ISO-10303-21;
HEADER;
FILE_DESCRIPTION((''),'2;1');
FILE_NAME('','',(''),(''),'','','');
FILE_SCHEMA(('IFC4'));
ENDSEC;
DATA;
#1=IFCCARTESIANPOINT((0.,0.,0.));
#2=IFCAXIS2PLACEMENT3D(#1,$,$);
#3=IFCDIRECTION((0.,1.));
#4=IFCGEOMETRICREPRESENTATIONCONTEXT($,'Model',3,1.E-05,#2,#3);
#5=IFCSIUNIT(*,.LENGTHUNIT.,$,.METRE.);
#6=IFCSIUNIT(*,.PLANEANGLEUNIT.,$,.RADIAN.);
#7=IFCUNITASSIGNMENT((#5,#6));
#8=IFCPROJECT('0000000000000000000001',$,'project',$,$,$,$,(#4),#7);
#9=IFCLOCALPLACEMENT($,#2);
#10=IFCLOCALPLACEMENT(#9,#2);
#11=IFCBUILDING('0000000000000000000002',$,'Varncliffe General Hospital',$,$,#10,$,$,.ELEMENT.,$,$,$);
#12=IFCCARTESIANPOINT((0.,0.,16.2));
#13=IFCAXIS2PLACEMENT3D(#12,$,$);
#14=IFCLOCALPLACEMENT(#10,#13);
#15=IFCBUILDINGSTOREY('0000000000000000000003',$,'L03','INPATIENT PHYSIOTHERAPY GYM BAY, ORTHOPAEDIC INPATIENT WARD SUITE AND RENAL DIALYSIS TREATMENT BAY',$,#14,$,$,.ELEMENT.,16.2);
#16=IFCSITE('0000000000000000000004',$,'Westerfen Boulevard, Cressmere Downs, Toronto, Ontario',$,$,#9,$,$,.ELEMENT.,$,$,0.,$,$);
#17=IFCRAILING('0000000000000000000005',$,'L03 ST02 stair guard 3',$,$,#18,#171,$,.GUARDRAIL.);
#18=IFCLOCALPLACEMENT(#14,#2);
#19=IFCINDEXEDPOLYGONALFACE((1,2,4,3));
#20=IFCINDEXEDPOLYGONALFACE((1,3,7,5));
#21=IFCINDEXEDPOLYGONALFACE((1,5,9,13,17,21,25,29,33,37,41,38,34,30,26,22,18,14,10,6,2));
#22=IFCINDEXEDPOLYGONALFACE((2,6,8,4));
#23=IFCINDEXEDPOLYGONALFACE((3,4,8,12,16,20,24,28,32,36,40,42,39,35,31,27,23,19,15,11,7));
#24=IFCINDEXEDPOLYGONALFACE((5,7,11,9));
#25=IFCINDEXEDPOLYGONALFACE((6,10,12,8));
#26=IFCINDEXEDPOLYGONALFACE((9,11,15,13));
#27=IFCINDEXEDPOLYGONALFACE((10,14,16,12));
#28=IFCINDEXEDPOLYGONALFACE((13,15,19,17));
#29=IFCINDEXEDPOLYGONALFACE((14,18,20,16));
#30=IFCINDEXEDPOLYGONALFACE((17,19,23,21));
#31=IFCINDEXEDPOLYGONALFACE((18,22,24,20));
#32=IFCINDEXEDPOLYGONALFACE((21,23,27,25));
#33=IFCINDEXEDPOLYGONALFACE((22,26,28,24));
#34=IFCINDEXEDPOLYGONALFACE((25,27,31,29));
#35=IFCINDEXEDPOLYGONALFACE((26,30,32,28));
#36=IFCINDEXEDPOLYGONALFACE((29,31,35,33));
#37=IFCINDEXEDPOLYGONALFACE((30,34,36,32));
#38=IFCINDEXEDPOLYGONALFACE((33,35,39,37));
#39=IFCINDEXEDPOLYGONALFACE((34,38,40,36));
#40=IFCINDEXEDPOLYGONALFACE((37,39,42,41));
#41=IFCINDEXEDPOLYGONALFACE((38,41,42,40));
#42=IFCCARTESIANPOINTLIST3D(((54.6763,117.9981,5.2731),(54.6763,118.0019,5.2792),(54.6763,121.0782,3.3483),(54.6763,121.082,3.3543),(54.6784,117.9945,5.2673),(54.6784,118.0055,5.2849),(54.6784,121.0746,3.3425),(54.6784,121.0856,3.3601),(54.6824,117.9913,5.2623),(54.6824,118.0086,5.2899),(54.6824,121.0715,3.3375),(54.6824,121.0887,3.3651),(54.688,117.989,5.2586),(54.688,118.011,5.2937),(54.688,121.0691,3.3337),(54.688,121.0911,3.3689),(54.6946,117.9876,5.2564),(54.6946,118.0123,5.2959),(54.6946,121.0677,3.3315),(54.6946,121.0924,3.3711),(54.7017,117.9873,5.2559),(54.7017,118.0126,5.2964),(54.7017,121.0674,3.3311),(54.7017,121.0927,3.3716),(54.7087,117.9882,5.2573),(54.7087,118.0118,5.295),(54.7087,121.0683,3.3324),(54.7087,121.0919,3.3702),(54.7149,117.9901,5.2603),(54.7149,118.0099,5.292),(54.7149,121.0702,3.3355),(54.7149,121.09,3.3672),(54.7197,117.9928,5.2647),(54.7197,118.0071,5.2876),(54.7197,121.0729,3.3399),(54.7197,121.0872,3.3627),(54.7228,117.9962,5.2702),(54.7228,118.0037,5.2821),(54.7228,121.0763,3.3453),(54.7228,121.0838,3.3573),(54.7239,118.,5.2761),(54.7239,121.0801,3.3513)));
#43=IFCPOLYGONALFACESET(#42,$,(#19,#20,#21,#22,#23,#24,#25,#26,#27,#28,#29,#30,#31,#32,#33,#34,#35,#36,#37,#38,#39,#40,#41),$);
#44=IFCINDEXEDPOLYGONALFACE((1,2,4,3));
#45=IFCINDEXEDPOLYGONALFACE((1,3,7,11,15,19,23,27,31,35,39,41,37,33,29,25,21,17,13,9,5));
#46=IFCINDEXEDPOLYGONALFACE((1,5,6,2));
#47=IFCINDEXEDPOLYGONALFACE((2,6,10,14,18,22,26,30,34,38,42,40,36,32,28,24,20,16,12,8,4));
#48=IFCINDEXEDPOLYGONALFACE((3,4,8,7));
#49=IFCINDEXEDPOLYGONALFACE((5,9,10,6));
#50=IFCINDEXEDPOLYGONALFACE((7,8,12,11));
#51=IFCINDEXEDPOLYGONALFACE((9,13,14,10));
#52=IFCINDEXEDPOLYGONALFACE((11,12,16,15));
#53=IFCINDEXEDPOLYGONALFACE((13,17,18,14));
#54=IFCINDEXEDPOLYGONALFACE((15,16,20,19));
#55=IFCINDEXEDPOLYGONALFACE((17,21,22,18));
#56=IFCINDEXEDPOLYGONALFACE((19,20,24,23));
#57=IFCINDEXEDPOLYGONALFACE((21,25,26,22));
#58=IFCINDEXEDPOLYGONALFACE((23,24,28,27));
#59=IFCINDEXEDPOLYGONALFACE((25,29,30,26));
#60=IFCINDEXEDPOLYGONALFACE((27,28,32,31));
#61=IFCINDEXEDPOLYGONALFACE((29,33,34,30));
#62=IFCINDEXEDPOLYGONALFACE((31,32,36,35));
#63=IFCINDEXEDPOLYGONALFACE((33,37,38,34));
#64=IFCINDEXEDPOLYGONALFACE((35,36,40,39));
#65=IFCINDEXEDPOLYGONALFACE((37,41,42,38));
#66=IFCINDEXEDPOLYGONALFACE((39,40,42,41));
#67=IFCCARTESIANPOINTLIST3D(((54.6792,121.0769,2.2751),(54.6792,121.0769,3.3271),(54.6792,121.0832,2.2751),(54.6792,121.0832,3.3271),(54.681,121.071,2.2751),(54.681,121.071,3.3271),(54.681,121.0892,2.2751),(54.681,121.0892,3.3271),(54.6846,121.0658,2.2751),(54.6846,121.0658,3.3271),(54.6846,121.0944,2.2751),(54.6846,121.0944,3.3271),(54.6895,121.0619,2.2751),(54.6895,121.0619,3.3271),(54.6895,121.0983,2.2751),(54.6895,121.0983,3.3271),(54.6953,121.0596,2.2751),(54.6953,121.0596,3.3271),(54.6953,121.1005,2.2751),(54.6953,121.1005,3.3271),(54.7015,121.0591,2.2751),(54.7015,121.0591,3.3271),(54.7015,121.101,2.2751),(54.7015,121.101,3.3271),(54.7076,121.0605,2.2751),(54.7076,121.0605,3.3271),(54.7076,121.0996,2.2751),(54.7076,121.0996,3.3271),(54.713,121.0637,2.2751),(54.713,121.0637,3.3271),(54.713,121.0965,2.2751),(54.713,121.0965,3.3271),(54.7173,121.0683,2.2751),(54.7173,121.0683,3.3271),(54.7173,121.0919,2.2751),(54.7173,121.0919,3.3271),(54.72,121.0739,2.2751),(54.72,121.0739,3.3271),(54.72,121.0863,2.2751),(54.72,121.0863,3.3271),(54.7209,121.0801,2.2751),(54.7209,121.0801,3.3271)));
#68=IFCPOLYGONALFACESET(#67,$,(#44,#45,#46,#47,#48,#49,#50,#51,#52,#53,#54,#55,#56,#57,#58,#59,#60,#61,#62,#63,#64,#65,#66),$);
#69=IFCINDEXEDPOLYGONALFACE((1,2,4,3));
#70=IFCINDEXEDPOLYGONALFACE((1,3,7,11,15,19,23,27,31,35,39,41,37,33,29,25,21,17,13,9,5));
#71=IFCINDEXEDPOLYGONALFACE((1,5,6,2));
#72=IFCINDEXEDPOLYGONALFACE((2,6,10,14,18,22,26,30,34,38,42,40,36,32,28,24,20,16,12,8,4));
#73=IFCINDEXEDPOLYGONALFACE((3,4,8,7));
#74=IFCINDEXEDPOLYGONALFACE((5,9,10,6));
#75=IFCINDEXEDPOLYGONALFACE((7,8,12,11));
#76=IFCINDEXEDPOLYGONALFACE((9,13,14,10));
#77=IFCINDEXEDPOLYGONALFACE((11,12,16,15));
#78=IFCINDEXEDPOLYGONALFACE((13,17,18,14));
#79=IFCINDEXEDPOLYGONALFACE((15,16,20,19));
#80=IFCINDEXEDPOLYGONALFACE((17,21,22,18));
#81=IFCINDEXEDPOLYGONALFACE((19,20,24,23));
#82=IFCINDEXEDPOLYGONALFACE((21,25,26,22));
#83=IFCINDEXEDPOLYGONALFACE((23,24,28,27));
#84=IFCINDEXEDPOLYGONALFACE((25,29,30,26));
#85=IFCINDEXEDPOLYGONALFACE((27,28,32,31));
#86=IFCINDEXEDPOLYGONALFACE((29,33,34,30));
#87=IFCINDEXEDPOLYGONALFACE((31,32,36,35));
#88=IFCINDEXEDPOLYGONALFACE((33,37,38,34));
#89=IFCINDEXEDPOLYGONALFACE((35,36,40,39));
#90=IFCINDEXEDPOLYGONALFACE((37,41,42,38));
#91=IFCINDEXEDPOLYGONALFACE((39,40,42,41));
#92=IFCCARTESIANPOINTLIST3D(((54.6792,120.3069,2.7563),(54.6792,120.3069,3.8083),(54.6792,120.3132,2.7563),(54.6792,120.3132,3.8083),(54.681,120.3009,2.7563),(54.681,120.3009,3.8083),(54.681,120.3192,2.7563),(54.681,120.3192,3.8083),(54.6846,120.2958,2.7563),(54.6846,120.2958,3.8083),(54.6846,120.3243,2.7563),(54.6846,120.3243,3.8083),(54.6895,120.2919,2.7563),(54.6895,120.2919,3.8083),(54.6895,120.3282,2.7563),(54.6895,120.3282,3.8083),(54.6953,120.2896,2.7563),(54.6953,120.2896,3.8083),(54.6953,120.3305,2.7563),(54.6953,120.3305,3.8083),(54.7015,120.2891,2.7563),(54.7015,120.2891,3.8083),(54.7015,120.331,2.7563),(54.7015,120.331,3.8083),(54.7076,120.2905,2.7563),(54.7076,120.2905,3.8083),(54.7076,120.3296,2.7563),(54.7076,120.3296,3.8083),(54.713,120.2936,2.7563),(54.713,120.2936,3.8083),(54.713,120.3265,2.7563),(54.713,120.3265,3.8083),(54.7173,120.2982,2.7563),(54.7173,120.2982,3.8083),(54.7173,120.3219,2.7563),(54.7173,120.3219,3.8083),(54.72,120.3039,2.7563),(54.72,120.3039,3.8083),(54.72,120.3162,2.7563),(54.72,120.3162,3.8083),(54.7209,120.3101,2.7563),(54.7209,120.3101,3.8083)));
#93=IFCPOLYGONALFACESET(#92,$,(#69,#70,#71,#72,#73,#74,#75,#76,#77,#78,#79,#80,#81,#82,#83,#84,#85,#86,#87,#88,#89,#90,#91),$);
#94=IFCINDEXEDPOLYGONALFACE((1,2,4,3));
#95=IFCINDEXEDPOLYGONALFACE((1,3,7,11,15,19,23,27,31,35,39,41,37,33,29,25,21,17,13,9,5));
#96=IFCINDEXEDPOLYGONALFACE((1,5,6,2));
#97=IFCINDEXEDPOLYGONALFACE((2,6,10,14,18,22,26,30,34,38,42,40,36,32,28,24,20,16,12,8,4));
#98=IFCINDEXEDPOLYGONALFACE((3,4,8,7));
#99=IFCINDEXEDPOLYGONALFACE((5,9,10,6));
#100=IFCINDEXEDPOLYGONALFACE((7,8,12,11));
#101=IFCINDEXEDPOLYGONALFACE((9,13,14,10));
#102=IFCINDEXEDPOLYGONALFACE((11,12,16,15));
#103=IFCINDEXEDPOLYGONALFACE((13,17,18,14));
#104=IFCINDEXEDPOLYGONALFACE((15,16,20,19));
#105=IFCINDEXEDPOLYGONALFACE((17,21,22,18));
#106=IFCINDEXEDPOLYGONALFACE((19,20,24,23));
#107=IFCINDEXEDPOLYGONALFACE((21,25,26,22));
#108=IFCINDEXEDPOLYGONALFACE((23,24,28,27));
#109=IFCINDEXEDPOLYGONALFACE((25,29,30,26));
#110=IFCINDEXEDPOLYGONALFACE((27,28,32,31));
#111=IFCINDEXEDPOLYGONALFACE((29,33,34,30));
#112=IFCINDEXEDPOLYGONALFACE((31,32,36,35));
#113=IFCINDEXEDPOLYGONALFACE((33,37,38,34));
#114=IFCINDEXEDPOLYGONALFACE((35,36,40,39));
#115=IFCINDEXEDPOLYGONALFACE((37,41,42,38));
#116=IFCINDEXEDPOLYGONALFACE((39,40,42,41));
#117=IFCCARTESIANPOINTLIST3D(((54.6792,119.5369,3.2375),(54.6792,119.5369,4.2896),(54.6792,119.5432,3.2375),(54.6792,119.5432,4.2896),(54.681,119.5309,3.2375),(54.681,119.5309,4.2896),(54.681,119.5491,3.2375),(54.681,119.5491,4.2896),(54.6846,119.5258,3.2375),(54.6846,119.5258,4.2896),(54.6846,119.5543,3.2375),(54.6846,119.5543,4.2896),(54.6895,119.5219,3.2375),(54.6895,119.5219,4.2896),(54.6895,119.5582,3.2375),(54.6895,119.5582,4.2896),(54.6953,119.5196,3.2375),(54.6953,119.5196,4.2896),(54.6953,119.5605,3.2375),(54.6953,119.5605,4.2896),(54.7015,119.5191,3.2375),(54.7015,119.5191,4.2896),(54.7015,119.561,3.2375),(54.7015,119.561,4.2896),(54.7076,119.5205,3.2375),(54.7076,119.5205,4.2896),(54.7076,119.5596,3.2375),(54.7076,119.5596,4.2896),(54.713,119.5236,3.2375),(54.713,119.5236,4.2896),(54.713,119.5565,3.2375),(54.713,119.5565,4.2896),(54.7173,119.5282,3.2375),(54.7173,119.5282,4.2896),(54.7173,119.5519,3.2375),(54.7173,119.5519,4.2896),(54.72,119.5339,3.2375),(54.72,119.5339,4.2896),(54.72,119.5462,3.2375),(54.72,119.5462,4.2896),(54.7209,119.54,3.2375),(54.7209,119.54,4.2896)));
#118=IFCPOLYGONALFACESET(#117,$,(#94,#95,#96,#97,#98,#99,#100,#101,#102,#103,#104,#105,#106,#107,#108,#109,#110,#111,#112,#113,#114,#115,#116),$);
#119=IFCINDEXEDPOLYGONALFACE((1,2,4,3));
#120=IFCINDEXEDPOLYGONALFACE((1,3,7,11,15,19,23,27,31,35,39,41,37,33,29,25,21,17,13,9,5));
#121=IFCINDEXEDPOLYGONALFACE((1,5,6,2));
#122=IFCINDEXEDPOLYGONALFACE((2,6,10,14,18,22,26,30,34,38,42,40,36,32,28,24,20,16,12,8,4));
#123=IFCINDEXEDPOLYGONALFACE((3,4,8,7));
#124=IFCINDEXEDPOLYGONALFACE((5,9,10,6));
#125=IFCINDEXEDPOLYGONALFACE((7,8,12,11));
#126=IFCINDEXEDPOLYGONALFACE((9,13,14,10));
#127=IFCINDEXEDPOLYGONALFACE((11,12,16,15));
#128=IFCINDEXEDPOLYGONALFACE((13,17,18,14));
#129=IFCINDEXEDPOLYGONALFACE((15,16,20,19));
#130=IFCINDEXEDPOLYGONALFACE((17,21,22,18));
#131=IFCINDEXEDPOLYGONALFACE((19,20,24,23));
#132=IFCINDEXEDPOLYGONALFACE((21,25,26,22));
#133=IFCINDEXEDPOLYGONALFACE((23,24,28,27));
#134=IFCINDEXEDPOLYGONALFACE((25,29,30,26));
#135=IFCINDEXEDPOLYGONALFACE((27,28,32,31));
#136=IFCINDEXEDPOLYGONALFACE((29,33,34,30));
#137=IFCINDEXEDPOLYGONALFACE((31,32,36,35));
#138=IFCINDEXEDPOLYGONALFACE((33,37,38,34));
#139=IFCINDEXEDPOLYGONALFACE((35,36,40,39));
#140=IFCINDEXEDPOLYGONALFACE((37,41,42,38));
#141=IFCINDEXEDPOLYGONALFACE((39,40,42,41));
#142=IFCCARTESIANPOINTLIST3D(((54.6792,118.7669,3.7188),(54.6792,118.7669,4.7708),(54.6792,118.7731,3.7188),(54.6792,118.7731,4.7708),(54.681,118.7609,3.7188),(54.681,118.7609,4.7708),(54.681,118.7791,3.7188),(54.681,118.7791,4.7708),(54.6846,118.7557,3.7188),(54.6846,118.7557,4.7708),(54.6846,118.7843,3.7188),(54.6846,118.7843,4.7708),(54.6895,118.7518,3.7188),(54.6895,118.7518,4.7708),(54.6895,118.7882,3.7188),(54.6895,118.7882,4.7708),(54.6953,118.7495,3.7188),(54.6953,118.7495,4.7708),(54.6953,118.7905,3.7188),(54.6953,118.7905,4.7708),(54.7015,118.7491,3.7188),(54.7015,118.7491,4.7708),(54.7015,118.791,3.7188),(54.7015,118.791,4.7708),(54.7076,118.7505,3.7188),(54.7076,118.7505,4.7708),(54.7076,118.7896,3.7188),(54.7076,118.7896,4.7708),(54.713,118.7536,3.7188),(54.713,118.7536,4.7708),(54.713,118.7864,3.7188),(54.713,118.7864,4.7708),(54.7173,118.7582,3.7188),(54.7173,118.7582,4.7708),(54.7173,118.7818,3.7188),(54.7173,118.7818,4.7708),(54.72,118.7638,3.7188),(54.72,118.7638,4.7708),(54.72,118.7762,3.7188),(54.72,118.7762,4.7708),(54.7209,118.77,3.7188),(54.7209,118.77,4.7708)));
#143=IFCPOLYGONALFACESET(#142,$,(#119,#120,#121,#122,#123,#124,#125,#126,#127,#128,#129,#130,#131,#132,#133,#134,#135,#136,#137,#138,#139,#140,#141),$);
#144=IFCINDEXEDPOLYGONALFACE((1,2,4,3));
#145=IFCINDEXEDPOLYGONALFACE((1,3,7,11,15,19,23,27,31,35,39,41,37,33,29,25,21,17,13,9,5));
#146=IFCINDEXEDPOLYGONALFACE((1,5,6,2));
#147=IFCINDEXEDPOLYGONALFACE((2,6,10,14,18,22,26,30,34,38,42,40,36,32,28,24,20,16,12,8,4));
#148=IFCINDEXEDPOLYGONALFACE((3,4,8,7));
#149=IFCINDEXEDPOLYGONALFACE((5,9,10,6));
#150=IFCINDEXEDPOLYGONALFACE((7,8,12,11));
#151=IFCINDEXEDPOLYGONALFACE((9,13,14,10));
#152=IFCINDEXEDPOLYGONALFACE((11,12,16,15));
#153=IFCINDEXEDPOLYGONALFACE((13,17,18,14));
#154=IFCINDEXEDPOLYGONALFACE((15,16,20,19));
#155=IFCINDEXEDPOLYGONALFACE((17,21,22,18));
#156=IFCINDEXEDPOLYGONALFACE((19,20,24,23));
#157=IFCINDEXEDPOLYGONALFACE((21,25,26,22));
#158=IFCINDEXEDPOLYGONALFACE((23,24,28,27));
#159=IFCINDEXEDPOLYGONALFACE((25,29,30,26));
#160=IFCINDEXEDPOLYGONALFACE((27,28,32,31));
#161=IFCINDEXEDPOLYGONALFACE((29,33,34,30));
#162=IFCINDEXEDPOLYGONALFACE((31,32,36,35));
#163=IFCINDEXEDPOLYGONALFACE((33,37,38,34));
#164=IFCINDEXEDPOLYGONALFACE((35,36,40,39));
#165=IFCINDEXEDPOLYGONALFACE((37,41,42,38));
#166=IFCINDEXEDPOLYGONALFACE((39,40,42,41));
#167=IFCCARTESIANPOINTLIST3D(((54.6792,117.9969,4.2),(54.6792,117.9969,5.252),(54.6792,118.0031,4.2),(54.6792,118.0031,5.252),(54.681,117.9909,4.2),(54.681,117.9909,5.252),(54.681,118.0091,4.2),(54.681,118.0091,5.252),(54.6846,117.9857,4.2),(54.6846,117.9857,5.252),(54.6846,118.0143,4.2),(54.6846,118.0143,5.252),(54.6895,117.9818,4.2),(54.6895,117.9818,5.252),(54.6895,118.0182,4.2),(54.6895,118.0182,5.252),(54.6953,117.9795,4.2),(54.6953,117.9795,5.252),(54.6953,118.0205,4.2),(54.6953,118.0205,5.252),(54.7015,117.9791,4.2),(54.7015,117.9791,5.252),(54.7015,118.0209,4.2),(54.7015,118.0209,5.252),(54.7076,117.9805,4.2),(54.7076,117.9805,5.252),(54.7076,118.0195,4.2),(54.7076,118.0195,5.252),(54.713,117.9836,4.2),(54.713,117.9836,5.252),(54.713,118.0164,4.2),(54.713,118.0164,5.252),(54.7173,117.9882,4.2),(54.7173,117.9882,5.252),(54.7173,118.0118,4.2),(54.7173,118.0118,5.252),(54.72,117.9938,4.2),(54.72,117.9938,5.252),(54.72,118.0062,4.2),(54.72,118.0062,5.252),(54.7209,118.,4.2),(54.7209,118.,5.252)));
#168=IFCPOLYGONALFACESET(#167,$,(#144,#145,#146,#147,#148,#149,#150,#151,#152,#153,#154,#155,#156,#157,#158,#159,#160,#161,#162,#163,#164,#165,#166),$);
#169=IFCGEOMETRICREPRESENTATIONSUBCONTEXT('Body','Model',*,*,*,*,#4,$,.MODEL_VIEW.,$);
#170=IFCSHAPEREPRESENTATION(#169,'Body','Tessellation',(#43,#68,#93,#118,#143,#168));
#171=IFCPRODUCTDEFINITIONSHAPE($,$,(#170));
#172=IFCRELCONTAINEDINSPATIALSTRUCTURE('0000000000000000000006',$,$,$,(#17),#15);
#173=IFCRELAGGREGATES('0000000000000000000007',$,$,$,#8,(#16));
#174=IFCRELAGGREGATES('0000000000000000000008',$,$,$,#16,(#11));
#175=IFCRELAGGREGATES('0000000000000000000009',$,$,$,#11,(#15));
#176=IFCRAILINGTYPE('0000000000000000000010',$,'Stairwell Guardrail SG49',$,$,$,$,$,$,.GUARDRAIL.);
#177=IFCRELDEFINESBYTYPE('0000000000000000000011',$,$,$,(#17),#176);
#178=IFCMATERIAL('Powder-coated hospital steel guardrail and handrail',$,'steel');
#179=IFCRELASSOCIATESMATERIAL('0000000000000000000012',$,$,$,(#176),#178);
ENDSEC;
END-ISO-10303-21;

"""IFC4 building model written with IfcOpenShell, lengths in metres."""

from ifc_helpers import new_model, si_unit, direction, frame, origin, origin_2d, place, context, subcontext, project, spatial, circle, extrude, material, type_object, element, save


model = new_model("IFC4")

# Units and contexts
model_context = context("Model", 3, precision=1e-05, world=origin(), true_north=direction((0.0, 1.0)))
body_context = subcontext(model_context, "Body", "Model", "MODEL_VIEW")
ifc_project = project(units=[si_unit("LENGTHUNIT", "METRE"), si_unit("PLANEANGLEUNIT", "RADIAN")], contexts=[model_context])

# Site, building, storey
site_placement = place(None, origin())
site = spatial("IfcSite", under=ifc_project, at=site_placement, Name="Westerfen Boulevard, Cressmere Downs, Toronto, Ontario", CompositionType="ELEMENT", RefElevation=0.0)
building_placement = place(site_placement, origin())
building = spatial("IfcBuilding", under=site, at=building_placement, Name="Varncliffe General Hospital", CompositionType="ELEMENT")
storey_placement = place(building_placement, frame((0.0, 0.0, 16.2)))
storey = spatial("IfcBuildingStorey", under=building, at=storey_placement, Name="L03", Description="INPATIENT PHYSIOTHERAPY GYM BAY, ORTHOPAEDIC INPATIENT WARD SUITE AND RENAL DIALYSIS TREATMENT BAY", CompositionType="ELEMENT", Elevation=16.2)

# Railing
ifc_material_1 = material(Name="Powder-coated hospital steel guardrail and handrail", Category="steel")
railing_type_1 = type_object("IfcRailingType", Name="Stairwell Guardrail SG49", PredefinedType="GUARDRAIL", material=ifc_material_1)
railing_1_placement = place(storey_placement, frame((54.7, 121.0801, 2.2751)))
element("IfcRailing", 1, at=railing_1_placement, inside=storey, type_object=railing_type_1, Name="L03 ST02 stair guard 3", PredefinedType="GUARDRAIL", context=body_context, shape_type="SweptSolid", body=[
    extrude(circle(Radius=0.0239, at=origin_2d()), frame((0.0, 0.0, 1.0762), z_axis=(0.0, -0.848029, 0.529951), x_axis=(1.0, 0.0, 0.0)), (0.0, 0.0, 1.0), 3.6321),
    extrude(circle(Radius=0.021, at=origin_2d()), origin(), (0.0, 0.0, 1.0), 1.052),
    extrude(circle(Radius=0.021, at=origin_2d()), frame((0.0, -0.77, 0.4812)), (0.0, 0.0, 1.0), 1.052),
    extrude(circle(Radius=0.021, at=origin_2d()), frame((0.0, -1.54, 0.9624)), (0.0, 0.0, 1.0), 1.052),
    extrude(circle(Radius=0.021, at=origin_2d()), frame((0.0, -2.3101, 1.4436)), (0.0, 0.0, 1.0), 1.052),
    extrude(circle(Radius=0.021, at=origin_2d()), frame((0.0, -3.0801, 1.9248)), (0.0, 0.0, 1.0), 1.052),
])

save(model, "model.ifc")
